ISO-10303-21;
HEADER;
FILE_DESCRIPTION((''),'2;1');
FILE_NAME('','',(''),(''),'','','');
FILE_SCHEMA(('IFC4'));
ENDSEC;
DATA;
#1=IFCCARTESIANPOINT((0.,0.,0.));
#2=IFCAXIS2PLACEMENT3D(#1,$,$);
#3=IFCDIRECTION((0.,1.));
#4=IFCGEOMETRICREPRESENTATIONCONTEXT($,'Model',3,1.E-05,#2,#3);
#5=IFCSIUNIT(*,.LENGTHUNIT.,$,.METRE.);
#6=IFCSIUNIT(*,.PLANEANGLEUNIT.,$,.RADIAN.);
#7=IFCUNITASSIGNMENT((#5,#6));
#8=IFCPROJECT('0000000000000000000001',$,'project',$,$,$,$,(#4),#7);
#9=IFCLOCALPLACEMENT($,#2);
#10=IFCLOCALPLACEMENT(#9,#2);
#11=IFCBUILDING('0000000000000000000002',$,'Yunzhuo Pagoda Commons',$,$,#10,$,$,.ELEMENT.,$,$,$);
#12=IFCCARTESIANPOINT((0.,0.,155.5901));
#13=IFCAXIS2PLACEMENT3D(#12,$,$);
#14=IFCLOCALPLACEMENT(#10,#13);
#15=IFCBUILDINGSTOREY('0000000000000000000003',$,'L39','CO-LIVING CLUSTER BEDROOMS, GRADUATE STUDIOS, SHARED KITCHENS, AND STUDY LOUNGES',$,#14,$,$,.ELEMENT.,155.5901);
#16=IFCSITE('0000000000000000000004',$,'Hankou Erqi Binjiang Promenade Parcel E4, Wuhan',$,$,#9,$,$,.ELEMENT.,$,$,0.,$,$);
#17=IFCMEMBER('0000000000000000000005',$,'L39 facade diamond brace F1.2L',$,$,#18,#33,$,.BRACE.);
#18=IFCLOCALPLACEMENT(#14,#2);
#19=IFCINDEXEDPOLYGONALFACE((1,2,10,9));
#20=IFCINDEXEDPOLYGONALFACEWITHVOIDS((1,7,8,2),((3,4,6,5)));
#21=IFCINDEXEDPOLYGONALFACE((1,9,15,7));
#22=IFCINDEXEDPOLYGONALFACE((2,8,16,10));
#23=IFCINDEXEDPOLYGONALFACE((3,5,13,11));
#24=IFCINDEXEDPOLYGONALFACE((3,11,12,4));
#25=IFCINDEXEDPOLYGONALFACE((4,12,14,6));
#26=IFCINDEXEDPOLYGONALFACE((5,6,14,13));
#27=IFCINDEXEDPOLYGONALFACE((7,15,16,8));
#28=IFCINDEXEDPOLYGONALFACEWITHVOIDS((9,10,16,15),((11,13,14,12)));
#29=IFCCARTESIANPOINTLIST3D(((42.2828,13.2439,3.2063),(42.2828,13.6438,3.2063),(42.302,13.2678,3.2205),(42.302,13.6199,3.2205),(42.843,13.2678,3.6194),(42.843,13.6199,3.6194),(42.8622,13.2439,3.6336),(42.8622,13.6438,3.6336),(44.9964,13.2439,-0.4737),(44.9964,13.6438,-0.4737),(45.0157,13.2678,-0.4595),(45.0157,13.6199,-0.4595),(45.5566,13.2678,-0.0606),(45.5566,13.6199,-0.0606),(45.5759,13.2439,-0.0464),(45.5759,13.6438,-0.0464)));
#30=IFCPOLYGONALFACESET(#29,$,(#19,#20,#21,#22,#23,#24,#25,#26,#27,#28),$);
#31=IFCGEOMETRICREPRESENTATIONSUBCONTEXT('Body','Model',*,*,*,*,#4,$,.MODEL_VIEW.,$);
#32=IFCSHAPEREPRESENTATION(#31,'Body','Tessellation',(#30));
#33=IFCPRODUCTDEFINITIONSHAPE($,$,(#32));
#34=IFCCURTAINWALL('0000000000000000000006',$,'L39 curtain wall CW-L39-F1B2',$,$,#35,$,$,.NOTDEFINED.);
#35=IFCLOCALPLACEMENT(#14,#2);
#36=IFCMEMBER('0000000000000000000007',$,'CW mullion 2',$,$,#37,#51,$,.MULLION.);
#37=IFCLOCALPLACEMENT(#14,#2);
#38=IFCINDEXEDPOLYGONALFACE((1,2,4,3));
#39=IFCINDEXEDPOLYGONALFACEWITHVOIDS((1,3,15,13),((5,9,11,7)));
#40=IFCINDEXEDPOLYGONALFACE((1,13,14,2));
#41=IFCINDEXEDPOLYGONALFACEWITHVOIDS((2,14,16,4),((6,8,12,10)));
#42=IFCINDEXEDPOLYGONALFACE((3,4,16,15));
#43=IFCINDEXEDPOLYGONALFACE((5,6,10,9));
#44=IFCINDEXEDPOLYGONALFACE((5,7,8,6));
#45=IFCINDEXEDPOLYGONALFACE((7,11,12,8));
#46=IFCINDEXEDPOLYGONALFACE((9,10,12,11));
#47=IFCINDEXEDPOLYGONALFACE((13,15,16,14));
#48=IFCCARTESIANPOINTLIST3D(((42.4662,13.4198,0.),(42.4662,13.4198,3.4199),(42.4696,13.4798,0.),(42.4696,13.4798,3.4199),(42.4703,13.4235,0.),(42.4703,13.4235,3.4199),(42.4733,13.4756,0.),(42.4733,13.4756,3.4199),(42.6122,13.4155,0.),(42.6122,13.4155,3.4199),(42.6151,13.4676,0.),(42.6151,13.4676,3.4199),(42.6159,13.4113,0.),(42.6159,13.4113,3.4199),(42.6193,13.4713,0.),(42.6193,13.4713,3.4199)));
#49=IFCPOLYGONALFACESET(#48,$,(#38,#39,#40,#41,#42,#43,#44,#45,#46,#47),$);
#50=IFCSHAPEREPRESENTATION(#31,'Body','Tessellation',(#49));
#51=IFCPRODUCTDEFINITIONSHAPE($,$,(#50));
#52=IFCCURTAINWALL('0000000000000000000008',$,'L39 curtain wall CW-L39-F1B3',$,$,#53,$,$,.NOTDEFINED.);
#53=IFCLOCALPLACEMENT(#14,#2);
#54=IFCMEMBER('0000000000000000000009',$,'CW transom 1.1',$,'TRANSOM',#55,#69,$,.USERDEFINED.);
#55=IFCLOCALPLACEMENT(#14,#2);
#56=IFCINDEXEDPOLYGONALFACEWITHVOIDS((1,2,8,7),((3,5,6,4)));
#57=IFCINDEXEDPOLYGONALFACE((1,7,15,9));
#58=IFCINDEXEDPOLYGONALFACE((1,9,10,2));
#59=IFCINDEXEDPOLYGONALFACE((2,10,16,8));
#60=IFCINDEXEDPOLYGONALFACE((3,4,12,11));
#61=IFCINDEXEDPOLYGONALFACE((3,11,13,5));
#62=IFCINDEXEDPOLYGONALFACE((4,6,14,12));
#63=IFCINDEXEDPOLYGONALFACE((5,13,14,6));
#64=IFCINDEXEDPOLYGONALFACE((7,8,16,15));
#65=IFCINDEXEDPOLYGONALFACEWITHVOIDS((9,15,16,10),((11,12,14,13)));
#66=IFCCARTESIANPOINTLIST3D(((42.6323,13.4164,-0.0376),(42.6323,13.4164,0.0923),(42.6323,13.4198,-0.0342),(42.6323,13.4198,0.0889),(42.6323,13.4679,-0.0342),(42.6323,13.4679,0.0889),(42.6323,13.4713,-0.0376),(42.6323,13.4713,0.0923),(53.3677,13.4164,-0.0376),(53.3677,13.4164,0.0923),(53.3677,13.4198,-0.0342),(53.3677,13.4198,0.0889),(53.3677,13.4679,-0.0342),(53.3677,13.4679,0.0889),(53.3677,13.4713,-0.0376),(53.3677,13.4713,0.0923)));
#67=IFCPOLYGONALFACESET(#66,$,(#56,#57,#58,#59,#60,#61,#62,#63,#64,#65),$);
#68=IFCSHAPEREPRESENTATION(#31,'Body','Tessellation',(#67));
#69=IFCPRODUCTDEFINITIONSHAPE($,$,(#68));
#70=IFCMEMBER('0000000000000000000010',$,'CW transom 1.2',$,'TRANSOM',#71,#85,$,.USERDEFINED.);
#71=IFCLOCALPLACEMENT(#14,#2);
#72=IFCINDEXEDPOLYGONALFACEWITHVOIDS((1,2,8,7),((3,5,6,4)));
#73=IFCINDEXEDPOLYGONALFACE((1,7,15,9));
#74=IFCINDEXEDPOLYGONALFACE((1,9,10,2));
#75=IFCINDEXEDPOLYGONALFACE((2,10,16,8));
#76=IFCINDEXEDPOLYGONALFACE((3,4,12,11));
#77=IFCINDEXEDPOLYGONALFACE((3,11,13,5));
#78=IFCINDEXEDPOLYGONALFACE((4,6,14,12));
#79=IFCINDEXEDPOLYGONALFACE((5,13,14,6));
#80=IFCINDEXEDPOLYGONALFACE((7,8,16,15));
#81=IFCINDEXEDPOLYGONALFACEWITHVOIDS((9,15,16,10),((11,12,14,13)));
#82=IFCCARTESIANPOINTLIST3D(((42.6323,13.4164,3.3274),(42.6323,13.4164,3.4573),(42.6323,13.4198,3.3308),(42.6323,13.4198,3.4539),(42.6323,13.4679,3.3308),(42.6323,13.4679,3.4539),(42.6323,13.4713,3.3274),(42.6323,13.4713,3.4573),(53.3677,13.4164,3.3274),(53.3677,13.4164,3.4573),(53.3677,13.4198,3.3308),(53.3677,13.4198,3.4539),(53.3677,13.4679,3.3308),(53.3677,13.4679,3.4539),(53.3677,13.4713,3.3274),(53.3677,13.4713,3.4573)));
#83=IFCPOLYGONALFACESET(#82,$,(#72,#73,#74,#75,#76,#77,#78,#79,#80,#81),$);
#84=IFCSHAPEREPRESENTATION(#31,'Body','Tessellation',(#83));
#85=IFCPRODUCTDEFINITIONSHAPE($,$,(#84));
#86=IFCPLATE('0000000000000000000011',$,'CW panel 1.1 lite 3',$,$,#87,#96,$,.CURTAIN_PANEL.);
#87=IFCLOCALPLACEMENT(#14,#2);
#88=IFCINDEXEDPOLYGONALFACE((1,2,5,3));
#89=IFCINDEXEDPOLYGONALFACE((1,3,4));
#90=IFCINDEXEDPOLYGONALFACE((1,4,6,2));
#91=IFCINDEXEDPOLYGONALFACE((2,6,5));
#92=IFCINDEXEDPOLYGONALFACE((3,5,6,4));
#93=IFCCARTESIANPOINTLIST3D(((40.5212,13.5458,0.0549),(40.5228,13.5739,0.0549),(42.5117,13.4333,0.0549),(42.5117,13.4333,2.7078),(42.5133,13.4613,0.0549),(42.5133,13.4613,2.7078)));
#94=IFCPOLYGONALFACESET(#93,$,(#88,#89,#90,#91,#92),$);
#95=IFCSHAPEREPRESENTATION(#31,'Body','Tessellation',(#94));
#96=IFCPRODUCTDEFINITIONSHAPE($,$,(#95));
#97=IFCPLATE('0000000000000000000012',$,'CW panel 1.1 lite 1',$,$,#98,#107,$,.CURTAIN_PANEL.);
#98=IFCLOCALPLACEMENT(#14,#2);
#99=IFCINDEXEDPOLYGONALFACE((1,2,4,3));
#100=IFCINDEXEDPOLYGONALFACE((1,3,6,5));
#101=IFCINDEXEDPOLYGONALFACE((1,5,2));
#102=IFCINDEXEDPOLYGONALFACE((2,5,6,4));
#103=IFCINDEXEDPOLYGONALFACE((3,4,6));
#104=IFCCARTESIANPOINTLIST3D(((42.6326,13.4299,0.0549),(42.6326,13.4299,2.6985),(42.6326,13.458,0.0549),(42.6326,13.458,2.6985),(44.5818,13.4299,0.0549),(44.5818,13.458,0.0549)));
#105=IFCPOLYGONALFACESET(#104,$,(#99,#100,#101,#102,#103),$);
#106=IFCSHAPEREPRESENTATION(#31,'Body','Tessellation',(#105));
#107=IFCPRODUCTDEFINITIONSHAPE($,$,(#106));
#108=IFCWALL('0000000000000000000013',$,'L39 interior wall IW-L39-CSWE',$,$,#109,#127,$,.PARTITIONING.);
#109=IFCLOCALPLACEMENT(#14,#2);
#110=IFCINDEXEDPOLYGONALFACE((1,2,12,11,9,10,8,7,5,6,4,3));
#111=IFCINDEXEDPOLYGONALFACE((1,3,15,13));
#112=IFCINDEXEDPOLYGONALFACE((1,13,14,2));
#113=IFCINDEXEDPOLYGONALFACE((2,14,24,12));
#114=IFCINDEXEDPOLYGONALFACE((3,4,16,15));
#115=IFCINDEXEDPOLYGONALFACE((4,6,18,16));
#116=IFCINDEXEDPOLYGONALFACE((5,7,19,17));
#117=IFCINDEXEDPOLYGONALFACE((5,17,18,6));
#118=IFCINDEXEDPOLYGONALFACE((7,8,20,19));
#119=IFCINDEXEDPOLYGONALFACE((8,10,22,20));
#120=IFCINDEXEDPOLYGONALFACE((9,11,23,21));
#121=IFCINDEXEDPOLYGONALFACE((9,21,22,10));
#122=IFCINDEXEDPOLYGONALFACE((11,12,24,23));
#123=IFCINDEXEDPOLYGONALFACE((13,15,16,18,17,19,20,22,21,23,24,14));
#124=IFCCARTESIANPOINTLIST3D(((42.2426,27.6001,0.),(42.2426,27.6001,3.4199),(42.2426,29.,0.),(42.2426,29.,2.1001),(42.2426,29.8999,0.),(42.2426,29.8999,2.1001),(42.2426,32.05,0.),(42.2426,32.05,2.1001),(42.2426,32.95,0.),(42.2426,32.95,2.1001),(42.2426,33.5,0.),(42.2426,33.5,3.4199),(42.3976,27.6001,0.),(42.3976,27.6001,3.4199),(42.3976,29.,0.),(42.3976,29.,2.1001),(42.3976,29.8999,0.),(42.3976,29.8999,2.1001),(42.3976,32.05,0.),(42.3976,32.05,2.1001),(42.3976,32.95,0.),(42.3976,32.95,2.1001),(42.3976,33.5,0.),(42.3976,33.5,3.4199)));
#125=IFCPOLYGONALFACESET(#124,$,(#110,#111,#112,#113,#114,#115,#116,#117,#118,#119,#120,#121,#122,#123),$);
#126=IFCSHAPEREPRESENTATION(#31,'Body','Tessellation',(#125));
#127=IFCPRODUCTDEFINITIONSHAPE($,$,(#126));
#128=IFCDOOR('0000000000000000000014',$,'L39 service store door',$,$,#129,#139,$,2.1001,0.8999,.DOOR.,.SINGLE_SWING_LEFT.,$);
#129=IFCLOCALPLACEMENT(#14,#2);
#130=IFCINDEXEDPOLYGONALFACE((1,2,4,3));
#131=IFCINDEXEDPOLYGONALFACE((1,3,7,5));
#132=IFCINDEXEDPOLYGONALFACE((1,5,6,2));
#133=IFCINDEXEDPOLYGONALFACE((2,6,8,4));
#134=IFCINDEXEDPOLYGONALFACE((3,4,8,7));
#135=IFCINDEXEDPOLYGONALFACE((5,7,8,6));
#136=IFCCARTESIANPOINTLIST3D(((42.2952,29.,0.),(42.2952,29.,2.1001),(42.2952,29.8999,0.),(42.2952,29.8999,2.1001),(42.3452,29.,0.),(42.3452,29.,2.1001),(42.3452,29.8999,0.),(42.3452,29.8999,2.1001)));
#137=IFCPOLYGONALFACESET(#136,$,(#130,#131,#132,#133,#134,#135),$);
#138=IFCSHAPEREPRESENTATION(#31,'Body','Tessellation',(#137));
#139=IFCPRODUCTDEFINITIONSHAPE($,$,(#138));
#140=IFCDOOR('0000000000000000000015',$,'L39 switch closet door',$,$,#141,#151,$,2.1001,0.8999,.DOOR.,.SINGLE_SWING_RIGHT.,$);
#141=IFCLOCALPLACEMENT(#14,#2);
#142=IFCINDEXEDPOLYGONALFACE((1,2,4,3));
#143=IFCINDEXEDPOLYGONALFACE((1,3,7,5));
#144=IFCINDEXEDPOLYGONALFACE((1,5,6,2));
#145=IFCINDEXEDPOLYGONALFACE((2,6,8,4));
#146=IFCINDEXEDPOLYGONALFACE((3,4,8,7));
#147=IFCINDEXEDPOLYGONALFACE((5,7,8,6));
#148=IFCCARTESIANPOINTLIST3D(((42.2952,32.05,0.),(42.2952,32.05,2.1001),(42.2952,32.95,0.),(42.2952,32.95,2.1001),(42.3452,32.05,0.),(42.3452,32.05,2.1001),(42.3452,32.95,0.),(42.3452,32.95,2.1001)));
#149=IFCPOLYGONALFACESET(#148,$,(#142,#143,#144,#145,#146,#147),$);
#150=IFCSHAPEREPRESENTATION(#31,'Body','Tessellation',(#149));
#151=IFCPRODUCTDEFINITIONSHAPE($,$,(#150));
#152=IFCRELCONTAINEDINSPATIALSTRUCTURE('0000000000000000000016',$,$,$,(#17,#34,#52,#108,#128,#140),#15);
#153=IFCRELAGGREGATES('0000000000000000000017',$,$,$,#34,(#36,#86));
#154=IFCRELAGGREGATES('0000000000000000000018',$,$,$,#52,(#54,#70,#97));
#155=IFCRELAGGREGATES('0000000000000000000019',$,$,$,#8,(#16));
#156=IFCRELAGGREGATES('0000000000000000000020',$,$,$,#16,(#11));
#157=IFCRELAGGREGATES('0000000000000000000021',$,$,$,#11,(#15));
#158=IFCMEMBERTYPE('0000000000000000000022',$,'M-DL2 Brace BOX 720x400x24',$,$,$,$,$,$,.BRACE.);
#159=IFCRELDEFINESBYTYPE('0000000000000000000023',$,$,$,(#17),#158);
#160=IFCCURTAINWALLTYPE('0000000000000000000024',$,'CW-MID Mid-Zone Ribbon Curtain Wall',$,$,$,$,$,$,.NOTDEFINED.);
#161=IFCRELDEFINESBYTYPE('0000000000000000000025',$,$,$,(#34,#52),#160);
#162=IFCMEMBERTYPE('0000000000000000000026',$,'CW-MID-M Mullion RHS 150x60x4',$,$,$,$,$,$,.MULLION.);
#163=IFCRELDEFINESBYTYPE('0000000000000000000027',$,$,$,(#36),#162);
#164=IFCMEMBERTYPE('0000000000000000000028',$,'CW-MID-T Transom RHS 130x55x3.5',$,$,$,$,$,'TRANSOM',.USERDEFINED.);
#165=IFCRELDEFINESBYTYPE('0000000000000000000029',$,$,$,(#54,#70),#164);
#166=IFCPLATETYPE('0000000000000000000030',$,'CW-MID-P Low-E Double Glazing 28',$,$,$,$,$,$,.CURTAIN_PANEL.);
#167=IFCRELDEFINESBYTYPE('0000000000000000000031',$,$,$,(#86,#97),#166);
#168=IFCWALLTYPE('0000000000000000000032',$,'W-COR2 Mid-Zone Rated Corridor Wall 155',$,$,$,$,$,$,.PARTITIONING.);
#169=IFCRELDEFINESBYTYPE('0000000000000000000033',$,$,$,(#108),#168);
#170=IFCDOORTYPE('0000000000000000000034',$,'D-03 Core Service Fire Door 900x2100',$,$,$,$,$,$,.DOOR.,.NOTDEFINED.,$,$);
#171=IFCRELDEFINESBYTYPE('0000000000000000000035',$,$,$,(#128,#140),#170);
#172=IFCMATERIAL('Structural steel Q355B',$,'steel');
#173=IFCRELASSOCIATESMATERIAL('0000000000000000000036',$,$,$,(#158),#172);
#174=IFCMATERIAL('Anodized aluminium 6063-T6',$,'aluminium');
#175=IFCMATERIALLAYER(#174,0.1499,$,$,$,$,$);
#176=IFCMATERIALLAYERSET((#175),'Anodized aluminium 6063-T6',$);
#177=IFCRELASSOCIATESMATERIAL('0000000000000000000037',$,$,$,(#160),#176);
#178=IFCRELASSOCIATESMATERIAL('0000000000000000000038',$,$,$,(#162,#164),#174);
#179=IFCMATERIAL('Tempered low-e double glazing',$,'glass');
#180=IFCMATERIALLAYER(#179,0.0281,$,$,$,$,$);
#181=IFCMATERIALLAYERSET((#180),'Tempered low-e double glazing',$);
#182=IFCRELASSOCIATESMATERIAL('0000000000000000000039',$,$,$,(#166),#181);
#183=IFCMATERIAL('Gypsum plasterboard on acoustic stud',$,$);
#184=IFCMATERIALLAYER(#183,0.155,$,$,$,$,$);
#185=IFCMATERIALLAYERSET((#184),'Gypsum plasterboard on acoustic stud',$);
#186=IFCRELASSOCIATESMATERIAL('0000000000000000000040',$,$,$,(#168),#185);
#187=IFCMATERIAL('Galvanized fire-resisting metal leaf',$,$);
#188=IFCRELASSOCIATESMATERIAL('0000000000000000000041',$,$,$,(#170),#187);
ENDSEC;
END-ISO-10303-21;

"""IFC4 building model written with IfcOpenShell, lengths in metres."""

from ifc_helpers import new_model, si_unit, direction, frame, frame_2d, origin, origin_with_axes, origin_2d, place, context, subcontext, project, spatial, polyline, rectangle, hollow_rectangle, outline, extrude, source, transform, mapped, material, layer, layer_set, material_profile, profile_set, type_object, element, fill, aggregate, save


model = new_model("IFC4")

# Units and contexts
model_context = context("Model", 3, precision=1e-05, world=origin(), true_north=direction((0.0, 1.0)))
body_context = subcontext(model_context, "Body", "Model", "MODEL_VIEW")
ifc_project = project(units=[si_unit("LENGTHUNIT", "METRE"), si_unit("PLANEANGLEUNIT", "RADIAN")], contexts=[model_context])

# Site, building, storey
site_placement = place(None, origin())
site = spatial("IfcSite", under=ifc_project, at=site_placement, Name="Hankou Erqi Binjiang Promenade Parcel E4, Wuhan", CompositionType="ELEMENT", RefElevation=0.0)
building_placement = place(site_placement, origin())
building = spatial("IfcBuilding", under=site, at=building_placement, Name="Yunzhuo Pagoda Commons", CompositionType="ELEMENT")
storey_placement = place(building_placement, frame((0.0, 0.0, 155.5901)))
storey = spatial("IfcBuildingStorey", under=building, at=storey_placement, Name="L39", Description="CO-LIVING CLUSTER BEDROOMS, GRADUATE STUDIOS, SHARED KITCHENS, AND STUDY LOUNGES", CompositionType="ELEMENT", Elevation=155.5901)

# Shared definitions
ifc_material_1 = material(Name="Structural steel Q355B", Category="steel")

# Member
ifc_material_profile_1 = material_profile(ifc_material_1, hollow_rectangle(XDim=0.3999, YDim=0.72, WallThickness=0.0239, at=origin_2d()), Name="Structural steel Q355B")
ifc_profile_set_1 = profile_set([ifc_material_profile_1], Name="Structural steel Q355B")
member_type_1 = type_object("IfcMemberType", Name="M-DL2 Brace BOX 720x400x24", PredefinedType="BRACE", material=ifc_profile_set_1)
shared_shape_1 = source(origin(), body_context, "Body", "SweptSolid", [
    extrude(hollow_rectangle(XDim=0.3999, YDim=0.72, WallThickness=0.0239, at=origin_2d()), origin(), (0.0, 0.0, 1.0), 4.5723),
])
member_1_placement = place(storey_placement, frame((45.2861, 13.4438, -0.26), z_axis=(-0.593496, 0.0, 0.804837), x_axis=(0.0, -1.0, 0.0)))
element("IfcMember", 1, at=member_1_placement, inside=storey, type_object=member_type_1, Name="L39 facade diamond brace F1.2L", PredefinedType="BRACE", context=body_context, shape_type="MappedRepresentation", body=[
    mapped(shared_shape_1, transform((0.0, 0.0, 0.0), scale=1.0)),
])

# Curtain wall, member
ifc_material_2 = material(Name="Anodized aluminium 6063-T6", Category="aluminium")
ifc_layer_1 = layer(ifc_material_2, 0.1499)
ifc_layer_set_1 = layer_set([ifc_layer_1], Name="Anodized aluminium 6063-T6")
curtain_wall_type = type_object("IfcCurtainWallType", Name="CW-MID Mid-Zone Ribbon Curtain Wall", PredefinedType="NOTDEFINED", material=ifc_layer_set_1)
curtain_wall_1_placement = place(storey_placement, origin())
curtain_wall_1 = element("IfcCurtainWall", 2, at=curtain_wall_1_placement, inside=storey, type_object=curtain_wall_type, Name="L39 curtain wall CW-L39-F1B2", PredefinedType="NOTDEFINED")
ifc_material_profile_2 = material_profile(ifc_material_2, hollow_rectangle(XDim=0.0601, YDim=0.1499, WallThickness=0.0039, at=origin_2d()), Name="Anodized aluminium 6063-T6")
ifc_profile_set_2 = profile_set([ifc_material_profile_2], Name="Anodized aluminium 6063-T6")
member_type_2 = type_object("IfcMemberType", Name="CW-MID-M Mullion RHS 150x60x4", PredefinedType="MULLION", material=ifc_profile_set_2)
shared_shape_2 = source(origin(), body_context, "Body", "SweptSolid", [
    extrude(hollow_rectangle(XDim=0.0601, YDim=0.1499, WallThickness=0.0039, at=origin_2d()), origin(), (0.0, 0.0, 1.0), 3.4199),
])
member_2_placement = place(storey_placement, frame((42.5427, 13.4456, 0.0), z_axis=(0.0, 0.0, 1.0), x_axis=(0.056459, 0.998405, 0.0)))
member_2 = element("IfcMember", 3, at=member_2_placement, type_object=member_type_2, Name="CW mullion 2", PredefinedType="MULLION", context=body_context, shape_type="MappedRepresentation", body=[
    mapped(shared_shape_2, transform((0.0, 0.0, 0.0), scale=1.0)),
])

# Curtain wall, members
curtain_wall_2_placement = place(storey_placement, origin())
curtain_wall_2 = element("IfcCurtainWall", 4, at=curtain_wall_2_placement, inside=storey, type_object=curtain_wall_type, Name="L39 curtain wall CW-L39-F1B3", PredefinedType="NOTDEFINED")
ifc_material_profile_3 = material_profile(ifc_material_2, hollow_rectangle(XDim=0.0549, YDim=0.1299, WallThickness=0.0034, at=origin_2d()), Name="Anodized aluminium 6063-T6")
ifc_profile_set_3 = profile_set([ifc_material_profile_3], Name="Anodized aluminium 6063-T6")
member_type_3 = type_object("IfcMemberType", Name="CW-MID-T Transom RHS 130x55x3.5", ElementType="TRANSOM", PredefinedType="USERDEFINED", material=ifc_profile_set_3)
shared_shape_3 = source(origin(), body_context, "Body", "SweptSolid", [
    extrude(hollow_rectangle(XDim=0.0549, YDim=0.1299, WallThickness=0.0034, at=origin_2d()), origin(), (0.0, 0.0, 1.0), 10.7354),
])
member_3_placement = place(storey_placement, frame((42.6323, 13.4438, 0.0273), z_axis=(1.0, 0.0, 0.0), x_axis=(0.0, 1.0, 0.0)))
member_3 = element("IfcMember", 5, at=member_3_placement, type_object=member_type_3, Name="CW transom 1.1", ObjectType="TRANSOM", PredefinedType="USERDEFINED", context=body_context, shape_type="MappedRepresentation", body=[
    mapped(shared_shape_3, transform((0.0, 0.0, 0.0), scale=1.0)),
])
member_4_placement = place(storey_placement, frame((42.6323, 13.4438, 3.3923), z_axis=(1.0, 0.0, 0.0), x_axis=(0.0, 1.0, 0.0)))
member_4 = element("IfcMember", 6, at=member_4_placement, type_object=member_type_3, Name="CW transom 1.2", ObjectType="TRANSOM", PredefinedType="USERDEFINED", context=body_context, shape_type="MappedRepresentation", body=[
    mapped(shared_shape_3, transform((0.0, 0.0, 0.0), scale=1.0)),
])

# Plates
ifc_material_3 = material(Name="Tempered low-e double glazing", Category="glass")
ifc_layer_2 = layer(ifc_material_3, 0.0281)
ifc_layer_set_2 = layer_set([ifc_layer_2], Name="Tempered low-e double glazing")
plate_type = type_object("IfcPlateType", Name="CW-MID-P Low-E Double Glazing 28", PredefinedType="CURTAIN_PANEL", material=ifc_layer_set_2)
plate_1_placement = place(storey_placement, frame((41.5181, 13.5176, 1.3813), z_axis=(-0.056459, -0.998405, 0.0), x_axis=(0.998405, -0.056459, 0.0)))
plate_1 = element("IfcPlate", 7, at=plate_1_placement, type_object=plate_type, Name="CW panel 1.1 lite 3", PredefinedType="CURTAIN_PANEL", context=body_context, shape_type="SweptSolid", body=[
    extrude(outline(polyline([(-0.9968, -1.3264), (0.9968, -1.3264), (0.9968, 1.3264), (-0.9968, -1.3264)])), origin(), (0.0, 0.0, 1.0), 0.0281),
])
aggregate(curtain_wall_1, [member_2, plate_1])
plate_2_placement = place(storey_placement, frame((43.6072, 13.458, 1.3767), z_axis=(0.0, -1.0, 0.0), x_axis=(1.0, 0.0, 0.0)))
plate_2 = element("IfcPlate", 8, at=plate_2_placement, type_object=plate_type, Name="CW panel 1.1 lite 1", PredefinedType="CURTAIN_PANEL", context=body_context, shape_type="SweptSolid", body=[
    extrude(outline(polyline([(-0.9746, -1.3218), (0.9746, -1.3218), (-0.9746, 1.3218), (-0.9746, -1.3218)])), origin(), (0.0, 0.0, 1.0), 0.0281),
])
aggregate(curtain_wall_2, [member_3, member_4, plate_2])

# Wall, openings, doors
ifc_material_4 = material(Name="Gypsum plasterboard on acoustic stud")
ifc_layer_3 = layer(ifc_material_4, 0.155)
ifc_layer_set_3 = layer_set([ifc_layer_3], Name="Gypsum plasterboard on acoustic stud")
wall_type_1 = type_object("IfcWallType", Name="W-COR2 Mid-Zone Rated Corridor Wall 155", PredefinedType="PARTITIONING", material=ifc_layer_set_3)
wall_1_placement = place(storey_placement, frame((42.3201, 27.6001, 0.0), z_axis=(0.0, 0.0, 1.0), x_axis=(0.0, 1.0, 0.0)))
wall_1 = element("IfcWall", 9, at=wall_1_placement, inside=storey, type_object=wall_type_1, Name="L39 interior wall IW-L39-CSWE", PredefinedType="PARTITIONING", context=body_context, shape_type="SweptSolid", body=[
    extrude(rectangle(XDim=5.8999, YDim=0.155, at=frame_2d((2.95, 0.0))), origin(), (0.0, 0.0, 1.0), 3.4199),
])
opening_1_placement = place(wall_1_placement, frame((1.3999, 0.0, 0.0)))
opening_1 = element("IfcOpeningElement", 10, at=opening_1_placement, cuts=wall_1, PredefinedType="OPENING", context=body_context, shape_type="SweptSolid", body=[
    extrude(rectangle(XDim=0.8999, YDim=2.1001, at=frame_2d((0.45, 1.05))), frame((0.0, 0.0874, 0.0), z_axis=(0.0, -1.0, 0.0), x_axis=(1.0, 0.0, 0.0)), (0.0, 0.0, 1.0), 0.175),
])
opening_2_placement = place(wall_1_placement, frame((4.45, 0.0, 0.0)))
opening_2 = element("IfcOpeningElement", 11, at=opening_2_placement, cuts=wall_1, PredefinedType="OPENING", context=body_context, shape_type="SweptSolid", body=[
    extrude(rectangle(XDim=0.8999, YDim=2.1001, at=frame_2d((0.45, 1.05))), frame((0.0, 0.0874, 0.0), z_axis=(0.0, -1.0, 0.0), x_axis=(1.0, 0.0, 0.0)), (0.0, 0.0, 1.0), 0.175),
])
ifc_material_5 = material(Name="Galvanized fire-resisting metal leaf")
door_type_1 = type_object("IfcDoorType", Name="D-03 Core Service Fire Door 900x2100", OperationType="NOTDEFINED", PredefinedType="DOOR", material=ifc_material_5)
shared_shape_4 = source(origin(), body_context, "Body", "SweptSolid", [
    extrude(rectangle(XDim=0.8999, YDim=2.1001, at=frame_2d((0.45, 1.05))), frame((0.0, 0.0249, 0.0), z_axis=(0.0, -1.0, 0.0), x_axis=(1.0, 0.0, 0.0)), (0.0, 0.0, 1.0), 0.05),
])
door_1_placement = place(opening_1_placement, origin_with_axes())
door_1 = element("IfcDoor", 12, at=door_1_placement, inside=storey, type_object=door_type_1, Name="L39 service store door", OperationType="SINGLE_SWING_LEFT", OverallHeight=2.1001, OverallWidth=0.8999, PredefinedType="DOOR", context=body_context, shape_type="MappedRepresentation", body=[
    mapped(shared_shape_4, transform((0.0, 0.0, 0.0), scale=1.0)),
])
fill(opening_1, door_1)
door_2_placement = place(opening_2_placement, origin_with_axes())
door_2 = element("IfcDoor", 13, at=door_2_placement, inside=storey, type_object=door_type_1, Name="L39 switch closet door", OperationType="SINGLE_SWING_RIGHT", OverallHeight=2.1001, OverallWidth=0.8999, PredefinedType="DOOR", context=body_context, shape_type="MappedRepresentation", body=[
    mapped(shared_shape_4, transform((0.0, 0.0, 0.0), scale=1.0)),
])
fill(opening_2, door_2)

save(model, "model.ifc")
